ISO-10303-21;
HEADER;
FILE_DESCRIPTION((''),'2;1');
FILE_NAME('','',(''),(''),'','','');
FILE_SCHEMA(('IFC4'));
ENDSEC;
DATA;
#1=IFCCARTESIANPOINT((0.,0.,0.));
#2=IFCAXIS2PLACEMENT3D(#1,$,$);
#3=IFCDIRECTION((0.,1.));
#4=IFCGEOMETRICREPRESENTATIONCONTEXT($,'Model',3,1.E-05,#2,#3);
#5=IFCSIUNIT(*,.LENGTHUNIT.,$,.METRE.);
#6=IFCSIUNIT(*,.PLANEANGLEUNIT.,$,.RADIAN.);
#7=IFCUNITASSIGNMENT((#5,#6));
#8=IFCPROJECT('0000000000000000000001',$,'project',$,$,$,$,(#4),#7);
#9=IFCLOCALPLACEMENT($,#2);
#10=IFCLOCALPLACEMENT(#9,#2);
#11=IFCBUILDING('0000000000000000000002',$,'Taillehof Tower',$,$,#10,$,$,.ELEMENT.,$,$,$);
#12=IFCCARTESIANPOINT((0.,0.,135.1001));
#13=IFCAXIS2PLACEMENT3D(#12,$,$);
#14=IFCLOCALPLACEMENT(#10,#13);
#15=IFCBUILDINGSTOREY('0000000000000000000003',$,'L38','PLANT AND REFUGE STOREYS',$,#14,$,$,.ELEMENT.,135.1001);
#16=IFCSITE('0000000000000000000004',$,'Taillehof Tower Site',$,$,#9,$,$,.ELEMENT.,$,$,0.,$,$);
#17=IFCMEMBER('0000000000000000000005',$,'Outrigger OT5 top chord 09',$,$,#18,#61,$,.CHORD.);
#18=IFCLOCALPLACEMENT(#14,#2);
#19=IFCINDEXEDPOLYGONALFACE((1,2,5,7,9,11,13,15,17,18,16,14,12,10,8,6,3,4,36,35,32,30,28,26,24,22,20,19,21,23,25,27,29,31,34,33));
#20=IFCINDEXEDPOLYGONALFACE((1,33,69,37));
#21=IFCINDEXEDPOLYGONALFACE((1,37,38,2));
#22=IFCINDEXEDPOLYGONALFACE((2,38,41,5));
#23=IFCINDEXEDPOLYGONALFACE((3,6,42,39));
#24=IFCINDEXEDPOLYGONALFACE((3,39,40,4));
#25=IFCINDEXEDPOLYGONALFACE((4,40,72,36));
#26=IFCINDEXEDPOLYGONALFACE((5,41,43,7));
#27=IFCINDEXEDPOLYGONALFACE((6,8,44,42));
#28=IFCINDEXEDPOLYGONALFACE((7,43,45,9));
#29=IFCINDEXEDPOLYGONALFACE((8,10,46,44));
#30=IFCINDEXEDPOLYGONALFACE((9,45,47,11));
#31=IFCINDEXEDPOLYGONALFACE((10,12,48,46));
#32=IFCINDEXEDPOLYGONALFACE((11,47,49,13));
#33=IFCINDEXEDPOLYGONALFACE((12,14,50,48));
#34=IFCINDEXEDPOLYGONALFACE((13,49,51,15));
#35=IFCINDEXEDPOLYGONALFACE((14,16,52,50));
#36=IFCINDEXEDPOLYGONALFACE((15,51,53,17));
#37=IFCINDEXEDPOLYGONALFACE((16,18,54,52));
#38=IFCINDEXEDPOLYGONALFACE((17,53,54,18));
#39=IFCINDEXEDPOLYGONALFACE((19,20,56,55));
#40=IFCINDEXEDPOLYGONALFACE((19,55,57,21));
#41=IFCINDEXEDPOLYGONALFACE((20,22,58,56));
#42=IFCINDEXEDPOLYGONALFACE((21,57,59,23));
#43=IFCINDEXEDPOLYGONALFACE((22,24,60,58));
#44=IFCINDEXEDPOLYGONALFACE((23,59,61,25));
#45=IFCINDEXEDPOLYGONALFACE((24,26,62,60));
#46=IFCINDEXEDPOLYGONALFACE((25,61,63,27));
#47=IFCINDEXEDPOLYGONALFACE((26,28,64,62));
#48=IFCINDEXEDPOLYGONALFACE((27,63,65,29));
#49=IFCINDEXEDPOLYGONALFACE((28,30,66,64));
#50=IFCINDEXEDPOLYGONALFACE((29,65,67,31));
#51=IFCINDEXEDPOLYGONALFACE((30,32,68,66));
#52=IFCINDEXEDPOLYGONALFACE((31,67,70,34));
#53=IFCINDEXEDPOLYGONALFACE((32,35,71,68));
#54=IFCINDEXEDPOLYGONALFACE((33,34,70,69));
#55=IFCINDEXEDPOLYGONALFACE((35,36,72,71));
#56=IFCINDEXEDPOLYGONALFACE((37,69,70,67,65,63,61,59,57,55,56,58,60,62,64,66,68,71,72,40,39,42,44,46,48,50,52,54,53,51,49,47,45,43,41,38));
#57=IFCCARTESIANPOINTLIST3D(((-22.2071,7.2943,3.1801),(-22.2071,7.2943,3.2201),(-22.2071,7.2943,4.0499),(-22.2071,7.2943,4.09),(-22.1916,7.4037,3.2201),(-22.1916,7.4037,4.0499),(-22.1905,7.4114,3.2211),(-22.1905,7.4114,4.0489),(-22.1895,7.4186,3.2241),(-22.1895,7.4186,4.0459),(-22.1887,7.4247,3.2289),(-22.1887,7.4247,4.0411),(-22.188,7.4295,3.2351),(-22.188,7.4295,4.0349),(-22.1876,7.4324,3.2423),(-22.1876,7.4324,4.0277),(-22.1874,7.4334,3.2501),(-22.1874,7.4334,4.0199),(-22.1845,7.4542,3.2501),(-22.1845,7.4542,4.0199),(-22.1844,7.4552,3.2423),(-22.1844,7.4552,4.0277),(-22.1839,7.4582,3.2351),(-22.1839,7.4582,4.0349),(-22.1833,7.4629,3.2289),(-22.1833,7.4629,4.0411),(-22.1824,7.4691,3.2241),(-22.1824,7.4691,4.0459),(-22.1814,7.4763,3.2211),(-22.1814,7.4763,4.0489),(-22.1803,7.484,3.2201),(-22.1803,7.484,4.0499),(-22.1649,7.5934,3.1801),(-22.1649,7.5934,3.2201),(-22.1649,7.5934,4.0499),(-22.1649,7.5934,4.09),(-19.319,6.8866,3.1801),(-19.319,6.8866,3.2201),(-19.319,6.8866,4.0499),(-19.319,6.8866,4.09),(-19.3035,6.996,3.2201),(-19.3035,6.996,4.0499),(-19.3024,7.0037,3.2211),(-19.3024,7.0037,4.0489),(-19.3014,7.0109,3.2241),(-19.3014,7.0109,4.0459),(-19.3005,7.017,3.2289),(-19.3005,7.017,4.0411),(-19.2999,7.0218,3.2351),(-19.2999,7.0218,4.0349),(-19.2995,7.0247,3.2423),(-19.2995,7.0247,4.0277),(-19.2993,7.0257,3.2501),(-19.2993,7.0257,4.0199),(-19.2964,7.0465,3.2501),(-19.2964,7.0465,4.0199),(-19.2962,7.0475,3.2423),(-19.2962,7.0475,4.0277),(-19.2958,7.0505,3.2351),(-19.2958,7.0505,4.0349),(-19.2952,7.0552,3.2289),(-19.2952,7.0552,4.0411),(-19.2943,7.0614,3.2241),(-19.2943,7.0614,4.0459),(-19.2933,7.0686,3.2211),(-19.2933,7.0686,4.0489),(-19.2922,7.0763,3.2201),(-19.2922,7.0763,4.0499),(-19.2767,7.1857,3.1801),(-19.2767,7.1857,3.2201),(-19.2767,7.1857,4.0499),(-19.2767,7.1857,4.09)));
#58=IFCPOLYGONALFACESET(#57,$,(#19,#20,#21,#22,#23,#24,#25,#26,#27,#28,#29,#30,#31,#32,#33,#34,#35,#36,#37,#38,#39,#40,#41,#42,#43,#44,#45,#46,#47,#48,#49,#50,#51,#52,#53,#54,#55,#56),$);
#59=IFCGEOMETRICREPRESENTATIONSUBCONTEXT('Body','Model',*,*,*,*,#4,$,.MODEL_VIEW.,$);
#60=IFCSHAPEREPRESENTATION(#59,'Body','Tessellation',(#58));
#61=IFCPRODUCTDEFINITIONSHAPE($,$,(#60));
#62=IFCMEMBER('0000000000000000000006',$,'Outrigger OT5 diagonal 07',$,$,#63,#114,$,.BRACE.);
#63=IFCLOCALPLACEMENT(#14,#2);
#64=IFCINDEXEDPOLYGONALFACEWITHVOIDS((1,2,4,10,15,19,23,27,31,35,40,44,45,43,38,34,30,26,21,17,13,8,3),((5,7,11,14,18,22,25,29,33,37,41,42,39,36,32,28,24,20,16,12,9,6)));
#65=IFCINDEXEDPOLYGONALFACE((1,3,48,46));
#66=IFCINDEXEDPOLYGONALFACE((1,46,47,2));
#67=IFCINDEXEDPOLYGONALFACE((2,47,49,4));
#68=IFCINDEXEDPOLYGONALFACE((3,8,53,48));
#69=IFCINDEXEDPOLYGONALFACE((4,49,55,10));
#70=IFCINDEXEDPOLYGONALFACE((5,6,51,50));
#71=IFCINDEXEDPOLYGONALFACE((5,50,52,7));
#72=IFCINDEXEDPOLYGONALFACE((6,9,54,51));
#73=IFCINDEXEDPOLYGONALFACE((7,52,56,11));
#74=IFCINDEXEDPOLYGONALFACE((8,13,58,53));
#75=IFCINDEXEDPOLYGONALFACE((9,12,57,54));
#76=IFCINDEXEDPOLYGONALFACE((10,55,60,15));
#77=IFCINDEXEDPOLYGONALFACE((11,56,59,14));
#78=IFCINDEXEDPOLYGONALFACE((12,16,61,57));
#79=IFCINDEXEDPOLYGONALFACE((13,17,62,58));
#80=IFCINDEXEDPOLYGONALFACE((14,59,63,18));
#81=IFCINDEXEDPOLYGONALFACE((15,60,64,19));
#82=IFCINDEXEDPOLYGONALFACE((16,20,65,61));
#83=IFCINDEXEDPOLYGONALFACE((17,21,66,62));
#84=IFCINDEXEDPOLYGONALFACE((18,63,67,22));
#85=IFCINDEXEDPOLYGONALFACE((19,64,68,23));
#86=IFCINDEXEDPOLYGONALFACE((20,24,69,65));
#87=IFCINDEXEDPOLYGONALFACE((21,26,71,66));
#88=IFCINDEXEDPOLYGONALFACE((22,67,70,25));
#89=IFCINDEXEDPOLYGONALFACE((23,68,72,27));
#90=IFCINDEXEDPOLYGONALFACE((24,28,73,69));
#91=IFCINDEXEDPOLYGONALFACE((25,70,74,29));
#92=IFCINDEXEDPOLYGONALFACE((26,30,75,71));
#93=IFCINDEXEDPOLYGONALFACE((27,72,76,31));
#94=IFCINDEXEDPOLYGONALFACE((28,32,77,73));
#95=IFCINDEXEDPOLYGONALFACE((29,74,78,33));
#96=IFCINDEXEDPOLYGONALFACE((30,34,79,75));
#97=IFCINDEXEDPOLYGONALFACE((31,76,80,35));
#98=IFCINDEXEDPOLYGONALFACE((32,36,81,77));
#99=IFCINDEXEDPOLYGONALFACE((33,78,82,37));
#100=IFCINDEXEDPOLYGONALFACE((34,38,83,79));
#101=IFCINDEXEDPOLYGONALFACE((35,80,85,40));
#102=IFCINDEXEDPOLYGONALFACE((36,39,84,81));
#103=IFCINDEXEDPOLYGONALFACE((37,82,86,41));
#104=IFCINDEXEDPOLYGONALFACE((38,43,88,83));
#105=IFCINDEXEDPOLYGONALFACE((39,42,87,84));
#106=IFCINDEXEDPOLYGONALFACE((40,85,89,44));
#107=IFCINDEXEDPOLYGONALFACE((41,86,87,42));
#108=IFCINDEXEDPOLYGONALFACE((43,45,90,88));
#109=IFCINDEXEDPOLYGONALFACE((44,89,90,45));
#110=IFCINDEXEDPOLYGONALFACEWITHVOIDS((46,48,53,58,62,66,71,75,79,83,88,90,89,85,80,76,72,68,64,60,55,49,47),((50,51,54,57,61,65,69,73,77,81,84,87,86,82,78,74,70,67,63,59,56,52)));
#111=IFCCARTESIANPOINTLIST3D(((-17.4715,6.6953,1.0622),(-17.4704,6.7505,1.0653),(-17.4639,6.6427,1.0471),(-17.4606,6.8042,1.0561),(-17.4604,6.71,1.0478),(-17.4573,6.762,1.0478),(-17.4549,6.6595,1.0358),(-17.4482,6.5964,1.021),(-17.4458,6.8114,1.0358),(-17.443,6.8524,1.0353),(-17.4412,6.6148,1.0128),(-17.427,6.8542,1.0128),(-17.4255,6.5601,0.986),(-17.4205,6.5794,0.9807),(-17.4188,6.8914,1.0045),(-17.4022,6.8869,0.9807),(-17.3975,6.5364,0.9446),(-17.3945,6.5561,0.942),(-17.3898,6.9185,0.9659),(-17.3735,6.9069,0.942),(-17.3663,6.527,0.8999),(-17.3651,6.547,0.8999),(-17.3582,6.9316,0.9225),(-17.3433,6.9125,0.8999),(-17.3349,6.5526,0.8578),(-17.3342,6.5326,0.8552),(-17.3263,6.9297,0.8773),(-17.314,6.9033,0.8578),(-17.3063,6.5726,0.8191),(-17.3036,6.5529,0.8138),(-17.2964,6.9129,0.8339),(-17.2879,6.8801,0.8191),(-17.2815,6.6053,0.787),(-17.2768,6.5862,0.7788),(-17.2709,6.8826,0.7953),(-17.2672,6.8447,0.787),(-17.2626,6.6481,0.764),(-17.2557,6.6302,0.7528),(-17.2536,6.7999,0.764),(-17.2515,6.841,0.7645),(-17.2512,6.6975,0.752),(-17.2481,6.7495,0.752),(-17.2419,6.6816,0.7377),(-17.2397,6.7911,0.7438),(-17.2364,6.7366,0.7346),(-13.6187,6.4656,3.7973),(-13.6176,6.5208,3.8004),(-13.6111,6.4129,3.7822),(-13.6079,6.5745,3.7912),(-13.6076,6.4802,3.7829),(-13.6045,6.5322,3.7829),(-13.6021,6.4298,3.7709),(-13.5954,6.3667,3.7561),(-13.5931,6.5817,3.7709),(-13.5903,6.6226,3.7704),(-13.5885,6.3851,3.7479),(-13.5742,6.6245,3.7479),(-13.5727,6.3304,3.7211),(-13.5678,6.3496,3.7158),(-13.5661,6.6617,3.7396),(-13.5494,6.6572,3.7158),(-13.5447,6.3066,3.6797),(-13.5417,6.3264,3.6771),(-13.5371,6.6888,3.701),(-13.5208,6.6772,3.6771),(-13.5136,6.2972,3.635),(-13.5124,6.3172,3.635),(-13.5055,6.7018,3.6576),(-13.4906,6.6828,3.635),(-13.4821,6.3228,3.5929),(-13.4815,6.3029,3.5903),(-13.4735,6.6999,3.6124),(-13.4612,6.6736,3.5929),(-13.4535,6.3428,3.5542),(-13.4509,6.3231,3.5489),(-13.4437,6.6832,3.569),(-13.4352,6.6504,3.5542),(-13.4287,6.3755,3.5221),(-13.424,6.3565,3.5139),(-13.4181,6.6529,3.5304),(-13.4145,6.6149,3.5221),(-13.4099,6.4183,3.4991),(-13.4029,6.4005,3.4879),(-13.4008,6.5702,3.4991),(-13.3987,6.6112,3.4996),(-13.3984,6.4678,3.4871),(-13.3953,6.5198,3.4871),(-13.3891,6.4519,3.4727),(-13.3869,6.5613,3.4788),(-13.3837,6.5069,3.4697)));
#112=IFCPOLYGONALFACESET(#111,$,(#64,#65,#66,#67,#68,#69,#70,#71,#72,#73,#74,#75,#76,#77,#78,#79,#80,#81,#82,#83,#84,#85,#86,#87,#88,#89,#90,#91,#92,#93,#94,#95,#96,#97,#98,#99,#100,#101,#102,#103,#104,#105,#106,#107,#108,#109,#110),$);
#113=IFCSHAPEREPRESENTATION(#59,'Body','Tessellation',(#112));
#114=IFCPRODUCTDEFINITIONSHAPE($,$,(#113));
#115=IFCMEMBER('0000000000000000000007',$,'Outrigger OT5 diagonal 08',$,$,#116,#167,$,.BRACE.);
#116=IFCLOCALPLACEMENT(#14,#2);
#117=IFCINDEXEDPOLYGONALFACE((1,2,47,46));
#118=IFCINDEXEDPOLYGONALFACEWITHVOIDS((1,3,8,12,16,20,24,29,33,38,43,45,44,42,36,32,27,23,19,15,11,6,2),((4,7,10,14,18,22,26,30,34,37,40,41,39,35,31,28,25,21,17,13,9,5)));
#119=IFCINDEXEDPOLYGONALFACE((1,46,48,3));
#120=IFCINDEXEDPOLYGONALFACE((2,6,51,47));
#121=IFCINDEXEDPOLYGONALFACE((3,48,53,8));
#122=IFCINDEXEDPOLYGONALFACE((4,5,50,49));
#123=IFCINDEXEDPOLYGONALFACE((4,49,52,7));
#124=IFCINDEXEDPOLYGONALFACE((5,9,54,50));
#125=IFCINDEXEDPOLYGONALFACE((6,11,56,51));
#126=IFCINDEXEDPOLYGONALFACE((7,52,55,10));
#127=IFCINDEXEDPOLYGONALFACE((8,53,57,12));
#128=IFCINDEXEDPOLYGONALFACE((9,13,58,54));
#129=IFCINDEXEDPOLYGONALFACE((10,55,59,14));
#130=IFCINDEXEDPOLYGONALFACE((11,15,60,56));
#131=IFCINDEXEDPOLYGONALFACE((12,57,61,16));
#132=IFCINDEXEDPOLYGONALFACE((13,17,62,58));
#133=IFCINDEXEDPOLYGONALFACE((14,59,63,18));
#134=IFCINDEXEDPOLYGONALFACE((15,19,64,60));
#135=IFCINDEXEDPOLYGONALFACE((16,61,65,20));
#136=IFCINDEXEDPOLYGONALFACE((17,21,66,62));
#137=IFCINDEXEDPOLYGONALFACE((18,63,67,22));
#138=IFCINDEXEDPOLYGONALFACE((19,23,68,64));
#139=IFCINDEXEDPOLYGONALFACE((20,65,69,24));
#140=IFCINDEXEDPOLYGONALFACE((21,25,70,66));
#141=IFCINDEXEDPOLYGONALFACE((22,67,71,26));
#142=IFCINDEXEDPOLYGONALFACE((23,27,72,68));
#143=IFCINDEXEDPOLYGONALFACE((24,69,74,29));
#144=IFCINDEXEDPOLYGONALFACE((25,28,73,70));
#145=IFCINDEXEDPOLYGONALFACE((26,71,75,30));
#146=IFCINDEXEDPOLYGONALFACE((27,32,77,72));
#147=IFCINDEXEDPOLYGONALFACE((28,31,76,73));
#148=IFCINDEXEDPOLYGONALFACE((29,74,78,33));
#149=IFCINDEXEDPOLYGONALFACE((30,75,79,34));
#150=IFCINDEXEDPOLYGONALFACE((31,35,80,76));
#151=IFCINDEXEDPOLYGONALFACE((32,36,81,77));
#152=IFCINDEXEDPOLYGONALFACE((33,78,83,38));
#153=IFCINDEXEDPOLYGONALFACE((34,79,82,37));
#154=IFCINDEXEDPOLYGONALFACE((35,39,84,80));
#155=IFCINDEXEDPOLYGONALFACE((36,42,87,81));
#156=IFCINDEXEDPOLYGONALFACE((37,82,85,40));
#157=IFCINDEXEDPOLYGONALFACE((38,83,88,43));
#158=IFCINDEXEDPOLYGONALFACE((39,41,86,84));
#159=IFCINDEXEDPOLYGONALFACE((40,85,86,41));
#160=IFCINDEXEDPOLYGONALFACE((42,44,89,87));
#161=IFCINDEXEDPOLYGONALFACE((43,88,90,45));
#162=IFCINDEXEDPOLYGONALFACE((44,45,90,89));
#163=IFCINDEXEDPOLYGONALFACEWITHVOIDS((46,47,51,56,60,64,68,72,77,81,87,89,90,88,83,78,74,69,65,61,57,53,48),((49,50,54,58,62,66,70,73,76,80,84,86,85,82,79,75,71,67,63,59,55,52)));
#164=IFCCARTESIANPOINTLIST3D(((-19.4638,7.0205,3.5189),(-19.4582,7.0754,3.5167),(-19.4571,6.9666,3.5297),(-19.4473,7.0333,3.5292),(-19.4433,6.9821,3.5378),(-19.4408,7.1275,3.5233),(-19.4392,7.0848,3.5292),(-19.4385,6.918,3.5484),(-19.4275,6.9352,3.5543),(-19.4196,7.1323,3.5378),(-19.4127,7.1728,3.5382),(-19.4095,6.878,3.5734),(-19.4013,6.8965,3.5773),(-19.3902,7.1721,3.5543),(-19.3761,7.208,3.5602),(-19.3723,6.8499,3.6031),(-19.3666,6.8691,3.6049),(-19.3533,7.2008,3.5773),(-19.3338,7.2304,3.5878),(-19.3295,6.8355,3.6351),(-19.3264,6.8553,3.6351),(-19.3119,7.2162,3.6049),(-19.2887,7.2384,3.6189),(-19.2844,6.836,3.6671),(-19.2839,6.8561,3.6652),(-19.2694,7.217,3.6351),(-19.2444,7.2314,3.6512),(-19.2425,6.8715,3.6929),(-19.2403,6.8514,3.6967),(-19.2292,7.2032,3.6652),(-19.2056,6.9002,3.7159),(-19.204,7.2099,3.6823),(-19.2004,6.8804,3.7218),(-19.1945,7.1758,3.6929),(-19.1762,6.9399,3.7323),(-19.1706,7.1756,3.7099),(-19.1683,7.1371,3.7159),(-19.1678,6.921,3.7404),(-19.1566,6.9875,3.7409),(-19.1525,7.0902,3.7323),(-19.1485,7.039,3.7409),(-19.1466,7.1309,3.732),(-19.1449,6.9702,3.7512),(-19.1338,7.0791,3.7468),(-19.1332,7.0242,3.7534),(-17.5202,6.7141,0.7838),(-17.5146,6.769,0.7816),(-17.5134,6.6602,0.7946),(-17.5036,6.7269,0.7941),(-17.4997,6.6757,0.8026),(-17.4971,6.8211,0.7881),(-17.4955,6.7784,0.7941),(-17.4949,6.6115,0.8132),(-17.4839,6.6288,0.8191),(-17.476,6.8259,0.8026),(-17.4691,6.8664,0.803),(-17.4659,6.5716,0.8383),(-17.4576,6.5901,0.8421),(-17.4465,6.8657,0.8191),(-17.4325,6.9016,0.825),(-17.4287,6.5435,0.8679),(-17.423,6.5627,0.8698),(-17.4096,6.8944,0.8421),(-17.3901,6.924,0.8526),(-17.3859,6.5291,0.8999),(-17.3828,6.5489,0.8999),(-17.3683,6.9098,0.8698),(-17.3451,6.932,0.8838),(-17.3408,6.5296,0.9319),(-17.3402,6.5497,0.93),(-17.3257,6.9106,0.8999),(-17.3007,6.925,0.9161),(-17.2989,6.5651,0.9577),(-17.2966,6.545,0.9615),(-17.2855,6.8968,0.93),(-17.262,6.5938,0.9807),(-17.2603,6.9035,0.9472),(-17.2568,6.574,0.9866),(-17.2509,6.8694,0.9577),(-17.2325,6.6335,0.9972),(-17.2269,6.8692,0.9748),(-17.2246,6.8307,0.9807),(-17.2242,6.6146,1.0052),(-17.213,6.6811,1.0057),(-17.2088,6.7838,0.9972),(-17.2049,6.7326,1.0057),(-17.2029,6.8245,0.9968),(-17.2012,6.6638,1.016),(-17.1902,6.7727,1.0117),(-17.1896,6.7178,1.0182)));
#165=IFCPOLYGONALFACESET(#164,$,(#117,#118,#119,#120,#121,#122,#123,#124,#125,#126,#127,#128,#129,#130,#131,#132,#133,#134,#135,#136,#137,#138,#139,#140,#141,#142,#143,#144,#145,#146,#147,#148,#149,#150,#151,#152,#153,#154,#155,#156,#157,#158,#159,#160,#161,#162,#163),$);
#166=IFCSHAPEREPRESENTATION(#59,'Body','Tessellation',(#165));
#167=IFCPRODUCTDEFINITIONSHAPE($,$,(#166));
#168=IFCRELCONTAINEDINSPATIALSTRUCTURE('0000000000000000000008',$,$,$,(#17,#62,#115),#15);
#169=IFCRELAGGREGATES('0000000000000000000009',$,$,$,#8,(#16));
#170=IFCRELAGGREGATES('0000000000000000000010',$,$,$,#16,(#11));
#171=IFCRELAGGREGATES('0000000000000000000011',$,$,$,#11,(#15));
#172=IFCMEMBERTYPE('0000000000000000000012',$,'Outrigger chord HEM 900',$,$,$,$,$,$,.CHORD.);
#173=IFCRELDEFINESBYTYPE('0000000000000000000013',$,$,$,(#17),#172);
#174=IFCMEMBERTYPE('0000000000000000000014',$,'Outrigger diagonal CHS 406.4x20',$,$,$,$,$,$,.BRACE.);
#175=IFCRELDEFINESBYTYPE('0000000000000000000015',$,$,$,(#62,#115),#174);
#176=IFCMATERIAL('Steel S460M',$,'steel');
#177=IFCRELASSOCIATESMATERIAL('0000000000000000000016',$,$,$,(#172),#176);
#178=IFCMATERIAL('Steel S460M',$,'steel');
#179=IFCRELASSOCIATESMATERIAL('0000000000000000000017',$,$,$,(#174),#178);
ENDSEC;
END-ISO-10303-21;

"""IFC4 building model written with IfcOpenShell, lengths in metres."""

from ifc_helpers import new_model, si_unit, direction, frame, origin, origin_2d, place, context, subcontext, project, spatial, hollow_circle, i_section, extrude, material, material_profile, profile_set, type_object, element, save


model = new_model("IFC4")

# Units and contexts
model_context = context("Model", 3, precision=1e-05, world=origin(), true_north=direction((0.0, 1.0)))
body_context = subcontext(model_context, "Body", "Model", "MODEL_VIEW")
ifc_project = project(units=[si_unit("LENGTHUNIT", "METRE"), si_unit("PLANEANGLEUNIT", "RADIAN")], contexts=[model_context])

# Site, building, storey
site_placement = place(None, origin())
site = spatial("IfcSite", under=ifc_project, at=site_placement, Name="Taillehof Tower Site", CompositionType="ELEMENT", RefElevation=0.0)
building_placement = place(site_placement, origin())
building = spatial("IfcBuilding", under=site, at=building_placement, Name="Taillehof Tower", CompositionType="ELEMENT")
storey_placement = place(building_placement, frame((0.0, 0.0, 135.1001)))
storey = spatial("IfcBuildingStorey", under=building, at=storey_placement, Name="L38", Description="PLANT AND REFUGE STOREYS", CompositionType="ELEMENT", Elevation=135.1001)

# Members
ifc_material_1 = material(Name="Steel S460M", Category="steel")
ifc_material_profile_1 = material_profile(ifc_material_1, i_section(OverallWidth=0.302, OverallDepth=0.9099, WebThickness=0.021, FlangeThickness=0.04, FilletRadius=0.03, at=origin_2d()), Name="HEM 900")
ifc_profile_set_1 = profile_set([ifc_material_profile_1], Name="Steel S460M")
member_type_1 = type_object("IfcMemberType", Name="Outrigger chord HEM 900", PredefinedType="CHORD", material=ifc_profile_set_1)
member_1_placement = place(storey_placement, frame((-19.2979, 7.0361, 3.635), z_axis=(-0.990182, 0.139781, 0.0), x_axis=(-0.139781, -0.990182, 0.0)))
element("IfcMember", 1, at=member_1_placement, inside=storey, type_object=member_type_1, Name="Outrigger OT5 top chord 09", PredefinedType="CHORD", context=body_context, shape_type="SweptSolid", body=[
    extrude(i_section(OverallWidth=0.302, OverallDepth=0.9099, WebThickness=0.021, FlangeThickness=0.04, FilletRadius=0.03, at=origin_2d()), origin(), (0.0, 0.0, 1.0), 2.9167),
])
ifc_material_2 = material(Name="Steel S460M", Category="steel")
ifc_material_profile_2 = material_profile(ifc_material_2, hollow_circle(Radius=0.2031, WallThickness=0.02, at=origin_2d()), Name="CHS 406.4x20")
ifc_profile_set_2 = profile_set([ifc_material_profile_2], Name="Steel S460M")
member_type_2 = type_object("IfcMemberType", Name="Outrigger diagonal CHS 406.4x20", PredefinedType="BRACE", material=ifc_profile_set_2)
member_2_placement = place(storey_placement, frame((-13.5015, 6.5, 3.635), z_axis=(-0.814458, 0.048565, -0.578187), x_axis=(-0.059523, -0.998227, 0.0)))
element("IfcMember", 2, at=member_2_placement, inside=storey, type_object=member_type_2, Name="Outrigger OT5 diagonal 07", PredefinedType="BRACE", context=body_context, shape_type="SweptSolid", body=[
    extrude(hollow_circle(Radius=0.2031, WallThickness=0.02, at=origin_2d()), origin(), (0.0, 0.0, 1.0), 4.7305),
])
member_3_placement = place(storey_placement, frame((-17.3542, 6.7297, 0.8999), z_axis=(-0.576854, 0.090937, 0.811769), x_axis=(-0.15572, -0.987801, 0.0)))
element("IfcMember", 3, at=member_3_placement, inside=storey, type_object=member_type_2, Name="Outrigger OT5 diagonal 08", PredefinedType="BRACE", context=body_context, shape_type="SweptSolid", body=[
    extrude(hollow_circle(Radius=0.2031, WallThickness=0.02, at=origin_2d()), origin(), (0.0, 0.0, 1.0), 3.3694),
])

save(model, "model.ifc")
